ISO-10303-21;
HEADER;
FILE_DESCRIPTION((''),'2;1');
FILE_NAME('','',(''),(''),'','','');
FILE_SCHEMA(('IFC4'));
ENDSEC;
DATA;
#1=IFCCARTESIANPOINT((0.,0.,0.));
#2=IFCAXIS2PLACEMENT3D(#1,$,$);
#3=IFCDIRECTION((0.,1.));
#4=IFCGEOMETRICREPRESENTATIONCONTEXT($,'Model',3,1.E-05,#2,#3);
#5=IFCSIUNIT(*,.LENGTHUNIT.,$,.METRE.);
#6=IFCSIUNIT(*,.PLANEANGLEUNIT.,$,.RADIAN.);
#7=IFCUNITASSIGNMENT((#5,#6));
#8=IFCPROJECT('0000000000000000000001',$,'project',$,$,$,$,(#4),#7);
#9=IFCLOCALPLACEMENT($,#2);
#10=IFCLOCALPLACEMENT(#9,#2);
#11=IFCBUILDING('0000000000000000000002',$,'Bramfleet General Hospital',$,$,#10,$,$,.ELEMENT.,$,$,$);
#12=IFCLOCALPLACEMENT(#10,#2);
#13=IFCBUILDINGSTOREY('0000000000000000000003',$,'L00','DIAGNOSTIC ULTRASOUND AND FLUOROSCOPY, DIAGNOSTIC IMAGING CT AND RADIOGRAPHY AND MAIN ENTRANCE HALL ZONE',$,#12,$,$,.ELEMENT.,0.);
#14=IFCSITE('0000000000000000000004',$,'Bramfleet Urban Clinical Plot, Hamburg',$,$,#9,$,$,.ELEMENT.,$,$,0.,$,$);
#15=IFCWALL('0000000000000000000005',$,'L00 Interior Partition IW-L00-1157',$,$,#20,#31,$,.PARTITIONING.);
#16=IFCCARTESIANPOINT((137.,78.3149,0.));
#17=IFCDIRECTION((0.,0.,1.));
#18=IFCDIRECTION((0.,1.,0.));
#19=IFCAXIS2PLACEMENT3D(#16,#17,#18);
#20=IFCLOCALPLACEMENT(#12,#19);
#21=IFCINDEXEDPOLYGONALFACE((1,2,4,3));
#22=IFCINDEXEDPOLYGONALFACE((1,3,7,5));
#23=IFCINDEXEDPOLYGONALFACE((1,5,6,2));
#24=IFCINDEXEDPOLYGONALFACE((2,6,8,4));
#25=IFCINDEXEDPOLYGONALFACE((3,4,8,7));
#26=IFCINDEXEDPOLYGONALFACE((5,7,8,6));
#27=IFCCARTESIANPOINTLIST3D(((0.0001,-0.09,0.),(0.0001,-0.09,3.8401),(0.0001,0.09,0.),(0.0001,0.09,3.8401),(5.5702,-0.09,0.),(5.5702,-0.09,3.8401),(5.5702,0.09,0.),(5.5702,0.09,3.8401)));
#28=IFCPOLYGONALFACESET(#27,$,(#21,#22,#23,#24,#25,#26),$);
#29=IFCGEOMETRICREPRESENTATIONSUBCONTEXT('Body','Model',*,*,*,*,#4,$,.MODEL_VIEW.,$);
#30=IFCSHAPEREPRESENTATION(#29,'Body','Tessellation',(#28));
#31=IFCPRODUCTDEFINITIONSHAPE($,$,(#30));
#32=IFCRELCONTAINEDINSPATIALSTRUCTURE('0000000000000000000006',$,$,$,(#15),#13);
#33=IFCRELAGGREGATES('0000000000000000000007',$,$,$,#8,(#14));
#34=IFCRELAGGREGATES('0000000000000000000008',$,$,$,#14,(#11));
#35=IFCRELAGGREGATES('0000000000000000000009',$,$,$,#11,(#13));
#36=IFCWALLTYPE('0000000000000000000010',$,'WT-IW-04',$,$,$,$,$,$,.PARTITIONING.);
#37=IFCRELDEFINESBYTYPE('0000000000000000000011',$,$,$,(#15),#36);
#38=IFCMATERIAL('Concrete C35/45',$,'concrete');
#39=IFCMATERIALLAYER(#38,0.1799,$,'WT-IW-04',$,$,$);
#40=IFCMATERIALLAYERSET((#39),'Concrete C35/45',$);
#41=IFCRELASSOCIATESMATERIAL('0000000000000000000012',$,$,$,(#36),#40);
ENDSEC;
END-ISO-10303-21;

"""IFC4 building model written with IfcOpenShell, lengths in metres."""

from ifc_helpers import new_model, si_unit, direction, frame, frame_2d, origin, place, context, subcontext, project, spatial, rectangle, extrude, material, layer, layer_set, type_object, element, save


model = new_model("IFC4")

# Units and contexts
model_context = context("Model", 3, precision=1e-05, world=origin(), true_north=direction((0.0, 1.0)))
body_context = subcontext(model_context, "Body", "Model", "MODEL_VIEW")
ifc_project = project(units=[si_unit("LENGTHUNIT", "METRE"), si_unit("PLANEANGLEUNIT", "RADIAN")], contexts=[model_context])

# Site, building, storey
site_placement = place(None, origin())
site = spatial("IfcSite", under=ifc_project, at=site_placement, Name="Bramfleet Urban Clinical Plot, Hamburg", CompositionType="ELEMENT", RefElevation=0.0)
building_placement = place(site_placement, origin())
building = spatial("IfcBuilding", under=site, at=building_placement, Name="Bramfleet General Hospital", CompositionType="ELEMENT")
storey_placement = place(building_placement, origin())
storey = spatial("IfcBuildingStorey", under=building, at=storey_placement, Name="L00", Description="DIAGNOSTIC ULTRASOUND AND FLUOROSCOPY, DIAGNOSTIC IMAGING CT AND RADIOGRAPHY AND MAIN ENTRANCE HALL ZONE", CompositionType="ELEMENT", Elevation=0.0)

# Shared definitions
ifc_material_1 = material(Name="Concrete C35/45", Category="concrete")

# Shared definitions
ifc_layer_1 = layer(ifc_material_1, 0.1799, Name="WT-IW-04")
ifc_layer_set_1 = layer_set([ifc_layer_1], Name="Concrete C35/45")
wall_type = type_object("IfcWallType", Name="WT-IW-04", PredefinedType="PARTITIONING", material=ifc_layer_set_1)

# Wall
wall_1_placement = place(storey_placement, frame((137.0, 78.3149, 0.0), z_axis=(0.0, 0.0, 1.0), x_axis=(0.0, 1.0, 0.0)))
element("IfcWall", 1, at=wall_1_placement, inside=storey, type_object=wall_type, Name="L00 Interior Partition IW-L00-1157", PredefinedType="PARTITIONING", context=body_context, shape_type="SweptSolid", body=[
    extrude(rectangle(XDim=5.5701, YDim=0.1799, at=frame_2d((2.7852, 0.0))), origin(), (0.0, 0.0, 1.0), 3.8401),
])

save(model, "model.ifc")
